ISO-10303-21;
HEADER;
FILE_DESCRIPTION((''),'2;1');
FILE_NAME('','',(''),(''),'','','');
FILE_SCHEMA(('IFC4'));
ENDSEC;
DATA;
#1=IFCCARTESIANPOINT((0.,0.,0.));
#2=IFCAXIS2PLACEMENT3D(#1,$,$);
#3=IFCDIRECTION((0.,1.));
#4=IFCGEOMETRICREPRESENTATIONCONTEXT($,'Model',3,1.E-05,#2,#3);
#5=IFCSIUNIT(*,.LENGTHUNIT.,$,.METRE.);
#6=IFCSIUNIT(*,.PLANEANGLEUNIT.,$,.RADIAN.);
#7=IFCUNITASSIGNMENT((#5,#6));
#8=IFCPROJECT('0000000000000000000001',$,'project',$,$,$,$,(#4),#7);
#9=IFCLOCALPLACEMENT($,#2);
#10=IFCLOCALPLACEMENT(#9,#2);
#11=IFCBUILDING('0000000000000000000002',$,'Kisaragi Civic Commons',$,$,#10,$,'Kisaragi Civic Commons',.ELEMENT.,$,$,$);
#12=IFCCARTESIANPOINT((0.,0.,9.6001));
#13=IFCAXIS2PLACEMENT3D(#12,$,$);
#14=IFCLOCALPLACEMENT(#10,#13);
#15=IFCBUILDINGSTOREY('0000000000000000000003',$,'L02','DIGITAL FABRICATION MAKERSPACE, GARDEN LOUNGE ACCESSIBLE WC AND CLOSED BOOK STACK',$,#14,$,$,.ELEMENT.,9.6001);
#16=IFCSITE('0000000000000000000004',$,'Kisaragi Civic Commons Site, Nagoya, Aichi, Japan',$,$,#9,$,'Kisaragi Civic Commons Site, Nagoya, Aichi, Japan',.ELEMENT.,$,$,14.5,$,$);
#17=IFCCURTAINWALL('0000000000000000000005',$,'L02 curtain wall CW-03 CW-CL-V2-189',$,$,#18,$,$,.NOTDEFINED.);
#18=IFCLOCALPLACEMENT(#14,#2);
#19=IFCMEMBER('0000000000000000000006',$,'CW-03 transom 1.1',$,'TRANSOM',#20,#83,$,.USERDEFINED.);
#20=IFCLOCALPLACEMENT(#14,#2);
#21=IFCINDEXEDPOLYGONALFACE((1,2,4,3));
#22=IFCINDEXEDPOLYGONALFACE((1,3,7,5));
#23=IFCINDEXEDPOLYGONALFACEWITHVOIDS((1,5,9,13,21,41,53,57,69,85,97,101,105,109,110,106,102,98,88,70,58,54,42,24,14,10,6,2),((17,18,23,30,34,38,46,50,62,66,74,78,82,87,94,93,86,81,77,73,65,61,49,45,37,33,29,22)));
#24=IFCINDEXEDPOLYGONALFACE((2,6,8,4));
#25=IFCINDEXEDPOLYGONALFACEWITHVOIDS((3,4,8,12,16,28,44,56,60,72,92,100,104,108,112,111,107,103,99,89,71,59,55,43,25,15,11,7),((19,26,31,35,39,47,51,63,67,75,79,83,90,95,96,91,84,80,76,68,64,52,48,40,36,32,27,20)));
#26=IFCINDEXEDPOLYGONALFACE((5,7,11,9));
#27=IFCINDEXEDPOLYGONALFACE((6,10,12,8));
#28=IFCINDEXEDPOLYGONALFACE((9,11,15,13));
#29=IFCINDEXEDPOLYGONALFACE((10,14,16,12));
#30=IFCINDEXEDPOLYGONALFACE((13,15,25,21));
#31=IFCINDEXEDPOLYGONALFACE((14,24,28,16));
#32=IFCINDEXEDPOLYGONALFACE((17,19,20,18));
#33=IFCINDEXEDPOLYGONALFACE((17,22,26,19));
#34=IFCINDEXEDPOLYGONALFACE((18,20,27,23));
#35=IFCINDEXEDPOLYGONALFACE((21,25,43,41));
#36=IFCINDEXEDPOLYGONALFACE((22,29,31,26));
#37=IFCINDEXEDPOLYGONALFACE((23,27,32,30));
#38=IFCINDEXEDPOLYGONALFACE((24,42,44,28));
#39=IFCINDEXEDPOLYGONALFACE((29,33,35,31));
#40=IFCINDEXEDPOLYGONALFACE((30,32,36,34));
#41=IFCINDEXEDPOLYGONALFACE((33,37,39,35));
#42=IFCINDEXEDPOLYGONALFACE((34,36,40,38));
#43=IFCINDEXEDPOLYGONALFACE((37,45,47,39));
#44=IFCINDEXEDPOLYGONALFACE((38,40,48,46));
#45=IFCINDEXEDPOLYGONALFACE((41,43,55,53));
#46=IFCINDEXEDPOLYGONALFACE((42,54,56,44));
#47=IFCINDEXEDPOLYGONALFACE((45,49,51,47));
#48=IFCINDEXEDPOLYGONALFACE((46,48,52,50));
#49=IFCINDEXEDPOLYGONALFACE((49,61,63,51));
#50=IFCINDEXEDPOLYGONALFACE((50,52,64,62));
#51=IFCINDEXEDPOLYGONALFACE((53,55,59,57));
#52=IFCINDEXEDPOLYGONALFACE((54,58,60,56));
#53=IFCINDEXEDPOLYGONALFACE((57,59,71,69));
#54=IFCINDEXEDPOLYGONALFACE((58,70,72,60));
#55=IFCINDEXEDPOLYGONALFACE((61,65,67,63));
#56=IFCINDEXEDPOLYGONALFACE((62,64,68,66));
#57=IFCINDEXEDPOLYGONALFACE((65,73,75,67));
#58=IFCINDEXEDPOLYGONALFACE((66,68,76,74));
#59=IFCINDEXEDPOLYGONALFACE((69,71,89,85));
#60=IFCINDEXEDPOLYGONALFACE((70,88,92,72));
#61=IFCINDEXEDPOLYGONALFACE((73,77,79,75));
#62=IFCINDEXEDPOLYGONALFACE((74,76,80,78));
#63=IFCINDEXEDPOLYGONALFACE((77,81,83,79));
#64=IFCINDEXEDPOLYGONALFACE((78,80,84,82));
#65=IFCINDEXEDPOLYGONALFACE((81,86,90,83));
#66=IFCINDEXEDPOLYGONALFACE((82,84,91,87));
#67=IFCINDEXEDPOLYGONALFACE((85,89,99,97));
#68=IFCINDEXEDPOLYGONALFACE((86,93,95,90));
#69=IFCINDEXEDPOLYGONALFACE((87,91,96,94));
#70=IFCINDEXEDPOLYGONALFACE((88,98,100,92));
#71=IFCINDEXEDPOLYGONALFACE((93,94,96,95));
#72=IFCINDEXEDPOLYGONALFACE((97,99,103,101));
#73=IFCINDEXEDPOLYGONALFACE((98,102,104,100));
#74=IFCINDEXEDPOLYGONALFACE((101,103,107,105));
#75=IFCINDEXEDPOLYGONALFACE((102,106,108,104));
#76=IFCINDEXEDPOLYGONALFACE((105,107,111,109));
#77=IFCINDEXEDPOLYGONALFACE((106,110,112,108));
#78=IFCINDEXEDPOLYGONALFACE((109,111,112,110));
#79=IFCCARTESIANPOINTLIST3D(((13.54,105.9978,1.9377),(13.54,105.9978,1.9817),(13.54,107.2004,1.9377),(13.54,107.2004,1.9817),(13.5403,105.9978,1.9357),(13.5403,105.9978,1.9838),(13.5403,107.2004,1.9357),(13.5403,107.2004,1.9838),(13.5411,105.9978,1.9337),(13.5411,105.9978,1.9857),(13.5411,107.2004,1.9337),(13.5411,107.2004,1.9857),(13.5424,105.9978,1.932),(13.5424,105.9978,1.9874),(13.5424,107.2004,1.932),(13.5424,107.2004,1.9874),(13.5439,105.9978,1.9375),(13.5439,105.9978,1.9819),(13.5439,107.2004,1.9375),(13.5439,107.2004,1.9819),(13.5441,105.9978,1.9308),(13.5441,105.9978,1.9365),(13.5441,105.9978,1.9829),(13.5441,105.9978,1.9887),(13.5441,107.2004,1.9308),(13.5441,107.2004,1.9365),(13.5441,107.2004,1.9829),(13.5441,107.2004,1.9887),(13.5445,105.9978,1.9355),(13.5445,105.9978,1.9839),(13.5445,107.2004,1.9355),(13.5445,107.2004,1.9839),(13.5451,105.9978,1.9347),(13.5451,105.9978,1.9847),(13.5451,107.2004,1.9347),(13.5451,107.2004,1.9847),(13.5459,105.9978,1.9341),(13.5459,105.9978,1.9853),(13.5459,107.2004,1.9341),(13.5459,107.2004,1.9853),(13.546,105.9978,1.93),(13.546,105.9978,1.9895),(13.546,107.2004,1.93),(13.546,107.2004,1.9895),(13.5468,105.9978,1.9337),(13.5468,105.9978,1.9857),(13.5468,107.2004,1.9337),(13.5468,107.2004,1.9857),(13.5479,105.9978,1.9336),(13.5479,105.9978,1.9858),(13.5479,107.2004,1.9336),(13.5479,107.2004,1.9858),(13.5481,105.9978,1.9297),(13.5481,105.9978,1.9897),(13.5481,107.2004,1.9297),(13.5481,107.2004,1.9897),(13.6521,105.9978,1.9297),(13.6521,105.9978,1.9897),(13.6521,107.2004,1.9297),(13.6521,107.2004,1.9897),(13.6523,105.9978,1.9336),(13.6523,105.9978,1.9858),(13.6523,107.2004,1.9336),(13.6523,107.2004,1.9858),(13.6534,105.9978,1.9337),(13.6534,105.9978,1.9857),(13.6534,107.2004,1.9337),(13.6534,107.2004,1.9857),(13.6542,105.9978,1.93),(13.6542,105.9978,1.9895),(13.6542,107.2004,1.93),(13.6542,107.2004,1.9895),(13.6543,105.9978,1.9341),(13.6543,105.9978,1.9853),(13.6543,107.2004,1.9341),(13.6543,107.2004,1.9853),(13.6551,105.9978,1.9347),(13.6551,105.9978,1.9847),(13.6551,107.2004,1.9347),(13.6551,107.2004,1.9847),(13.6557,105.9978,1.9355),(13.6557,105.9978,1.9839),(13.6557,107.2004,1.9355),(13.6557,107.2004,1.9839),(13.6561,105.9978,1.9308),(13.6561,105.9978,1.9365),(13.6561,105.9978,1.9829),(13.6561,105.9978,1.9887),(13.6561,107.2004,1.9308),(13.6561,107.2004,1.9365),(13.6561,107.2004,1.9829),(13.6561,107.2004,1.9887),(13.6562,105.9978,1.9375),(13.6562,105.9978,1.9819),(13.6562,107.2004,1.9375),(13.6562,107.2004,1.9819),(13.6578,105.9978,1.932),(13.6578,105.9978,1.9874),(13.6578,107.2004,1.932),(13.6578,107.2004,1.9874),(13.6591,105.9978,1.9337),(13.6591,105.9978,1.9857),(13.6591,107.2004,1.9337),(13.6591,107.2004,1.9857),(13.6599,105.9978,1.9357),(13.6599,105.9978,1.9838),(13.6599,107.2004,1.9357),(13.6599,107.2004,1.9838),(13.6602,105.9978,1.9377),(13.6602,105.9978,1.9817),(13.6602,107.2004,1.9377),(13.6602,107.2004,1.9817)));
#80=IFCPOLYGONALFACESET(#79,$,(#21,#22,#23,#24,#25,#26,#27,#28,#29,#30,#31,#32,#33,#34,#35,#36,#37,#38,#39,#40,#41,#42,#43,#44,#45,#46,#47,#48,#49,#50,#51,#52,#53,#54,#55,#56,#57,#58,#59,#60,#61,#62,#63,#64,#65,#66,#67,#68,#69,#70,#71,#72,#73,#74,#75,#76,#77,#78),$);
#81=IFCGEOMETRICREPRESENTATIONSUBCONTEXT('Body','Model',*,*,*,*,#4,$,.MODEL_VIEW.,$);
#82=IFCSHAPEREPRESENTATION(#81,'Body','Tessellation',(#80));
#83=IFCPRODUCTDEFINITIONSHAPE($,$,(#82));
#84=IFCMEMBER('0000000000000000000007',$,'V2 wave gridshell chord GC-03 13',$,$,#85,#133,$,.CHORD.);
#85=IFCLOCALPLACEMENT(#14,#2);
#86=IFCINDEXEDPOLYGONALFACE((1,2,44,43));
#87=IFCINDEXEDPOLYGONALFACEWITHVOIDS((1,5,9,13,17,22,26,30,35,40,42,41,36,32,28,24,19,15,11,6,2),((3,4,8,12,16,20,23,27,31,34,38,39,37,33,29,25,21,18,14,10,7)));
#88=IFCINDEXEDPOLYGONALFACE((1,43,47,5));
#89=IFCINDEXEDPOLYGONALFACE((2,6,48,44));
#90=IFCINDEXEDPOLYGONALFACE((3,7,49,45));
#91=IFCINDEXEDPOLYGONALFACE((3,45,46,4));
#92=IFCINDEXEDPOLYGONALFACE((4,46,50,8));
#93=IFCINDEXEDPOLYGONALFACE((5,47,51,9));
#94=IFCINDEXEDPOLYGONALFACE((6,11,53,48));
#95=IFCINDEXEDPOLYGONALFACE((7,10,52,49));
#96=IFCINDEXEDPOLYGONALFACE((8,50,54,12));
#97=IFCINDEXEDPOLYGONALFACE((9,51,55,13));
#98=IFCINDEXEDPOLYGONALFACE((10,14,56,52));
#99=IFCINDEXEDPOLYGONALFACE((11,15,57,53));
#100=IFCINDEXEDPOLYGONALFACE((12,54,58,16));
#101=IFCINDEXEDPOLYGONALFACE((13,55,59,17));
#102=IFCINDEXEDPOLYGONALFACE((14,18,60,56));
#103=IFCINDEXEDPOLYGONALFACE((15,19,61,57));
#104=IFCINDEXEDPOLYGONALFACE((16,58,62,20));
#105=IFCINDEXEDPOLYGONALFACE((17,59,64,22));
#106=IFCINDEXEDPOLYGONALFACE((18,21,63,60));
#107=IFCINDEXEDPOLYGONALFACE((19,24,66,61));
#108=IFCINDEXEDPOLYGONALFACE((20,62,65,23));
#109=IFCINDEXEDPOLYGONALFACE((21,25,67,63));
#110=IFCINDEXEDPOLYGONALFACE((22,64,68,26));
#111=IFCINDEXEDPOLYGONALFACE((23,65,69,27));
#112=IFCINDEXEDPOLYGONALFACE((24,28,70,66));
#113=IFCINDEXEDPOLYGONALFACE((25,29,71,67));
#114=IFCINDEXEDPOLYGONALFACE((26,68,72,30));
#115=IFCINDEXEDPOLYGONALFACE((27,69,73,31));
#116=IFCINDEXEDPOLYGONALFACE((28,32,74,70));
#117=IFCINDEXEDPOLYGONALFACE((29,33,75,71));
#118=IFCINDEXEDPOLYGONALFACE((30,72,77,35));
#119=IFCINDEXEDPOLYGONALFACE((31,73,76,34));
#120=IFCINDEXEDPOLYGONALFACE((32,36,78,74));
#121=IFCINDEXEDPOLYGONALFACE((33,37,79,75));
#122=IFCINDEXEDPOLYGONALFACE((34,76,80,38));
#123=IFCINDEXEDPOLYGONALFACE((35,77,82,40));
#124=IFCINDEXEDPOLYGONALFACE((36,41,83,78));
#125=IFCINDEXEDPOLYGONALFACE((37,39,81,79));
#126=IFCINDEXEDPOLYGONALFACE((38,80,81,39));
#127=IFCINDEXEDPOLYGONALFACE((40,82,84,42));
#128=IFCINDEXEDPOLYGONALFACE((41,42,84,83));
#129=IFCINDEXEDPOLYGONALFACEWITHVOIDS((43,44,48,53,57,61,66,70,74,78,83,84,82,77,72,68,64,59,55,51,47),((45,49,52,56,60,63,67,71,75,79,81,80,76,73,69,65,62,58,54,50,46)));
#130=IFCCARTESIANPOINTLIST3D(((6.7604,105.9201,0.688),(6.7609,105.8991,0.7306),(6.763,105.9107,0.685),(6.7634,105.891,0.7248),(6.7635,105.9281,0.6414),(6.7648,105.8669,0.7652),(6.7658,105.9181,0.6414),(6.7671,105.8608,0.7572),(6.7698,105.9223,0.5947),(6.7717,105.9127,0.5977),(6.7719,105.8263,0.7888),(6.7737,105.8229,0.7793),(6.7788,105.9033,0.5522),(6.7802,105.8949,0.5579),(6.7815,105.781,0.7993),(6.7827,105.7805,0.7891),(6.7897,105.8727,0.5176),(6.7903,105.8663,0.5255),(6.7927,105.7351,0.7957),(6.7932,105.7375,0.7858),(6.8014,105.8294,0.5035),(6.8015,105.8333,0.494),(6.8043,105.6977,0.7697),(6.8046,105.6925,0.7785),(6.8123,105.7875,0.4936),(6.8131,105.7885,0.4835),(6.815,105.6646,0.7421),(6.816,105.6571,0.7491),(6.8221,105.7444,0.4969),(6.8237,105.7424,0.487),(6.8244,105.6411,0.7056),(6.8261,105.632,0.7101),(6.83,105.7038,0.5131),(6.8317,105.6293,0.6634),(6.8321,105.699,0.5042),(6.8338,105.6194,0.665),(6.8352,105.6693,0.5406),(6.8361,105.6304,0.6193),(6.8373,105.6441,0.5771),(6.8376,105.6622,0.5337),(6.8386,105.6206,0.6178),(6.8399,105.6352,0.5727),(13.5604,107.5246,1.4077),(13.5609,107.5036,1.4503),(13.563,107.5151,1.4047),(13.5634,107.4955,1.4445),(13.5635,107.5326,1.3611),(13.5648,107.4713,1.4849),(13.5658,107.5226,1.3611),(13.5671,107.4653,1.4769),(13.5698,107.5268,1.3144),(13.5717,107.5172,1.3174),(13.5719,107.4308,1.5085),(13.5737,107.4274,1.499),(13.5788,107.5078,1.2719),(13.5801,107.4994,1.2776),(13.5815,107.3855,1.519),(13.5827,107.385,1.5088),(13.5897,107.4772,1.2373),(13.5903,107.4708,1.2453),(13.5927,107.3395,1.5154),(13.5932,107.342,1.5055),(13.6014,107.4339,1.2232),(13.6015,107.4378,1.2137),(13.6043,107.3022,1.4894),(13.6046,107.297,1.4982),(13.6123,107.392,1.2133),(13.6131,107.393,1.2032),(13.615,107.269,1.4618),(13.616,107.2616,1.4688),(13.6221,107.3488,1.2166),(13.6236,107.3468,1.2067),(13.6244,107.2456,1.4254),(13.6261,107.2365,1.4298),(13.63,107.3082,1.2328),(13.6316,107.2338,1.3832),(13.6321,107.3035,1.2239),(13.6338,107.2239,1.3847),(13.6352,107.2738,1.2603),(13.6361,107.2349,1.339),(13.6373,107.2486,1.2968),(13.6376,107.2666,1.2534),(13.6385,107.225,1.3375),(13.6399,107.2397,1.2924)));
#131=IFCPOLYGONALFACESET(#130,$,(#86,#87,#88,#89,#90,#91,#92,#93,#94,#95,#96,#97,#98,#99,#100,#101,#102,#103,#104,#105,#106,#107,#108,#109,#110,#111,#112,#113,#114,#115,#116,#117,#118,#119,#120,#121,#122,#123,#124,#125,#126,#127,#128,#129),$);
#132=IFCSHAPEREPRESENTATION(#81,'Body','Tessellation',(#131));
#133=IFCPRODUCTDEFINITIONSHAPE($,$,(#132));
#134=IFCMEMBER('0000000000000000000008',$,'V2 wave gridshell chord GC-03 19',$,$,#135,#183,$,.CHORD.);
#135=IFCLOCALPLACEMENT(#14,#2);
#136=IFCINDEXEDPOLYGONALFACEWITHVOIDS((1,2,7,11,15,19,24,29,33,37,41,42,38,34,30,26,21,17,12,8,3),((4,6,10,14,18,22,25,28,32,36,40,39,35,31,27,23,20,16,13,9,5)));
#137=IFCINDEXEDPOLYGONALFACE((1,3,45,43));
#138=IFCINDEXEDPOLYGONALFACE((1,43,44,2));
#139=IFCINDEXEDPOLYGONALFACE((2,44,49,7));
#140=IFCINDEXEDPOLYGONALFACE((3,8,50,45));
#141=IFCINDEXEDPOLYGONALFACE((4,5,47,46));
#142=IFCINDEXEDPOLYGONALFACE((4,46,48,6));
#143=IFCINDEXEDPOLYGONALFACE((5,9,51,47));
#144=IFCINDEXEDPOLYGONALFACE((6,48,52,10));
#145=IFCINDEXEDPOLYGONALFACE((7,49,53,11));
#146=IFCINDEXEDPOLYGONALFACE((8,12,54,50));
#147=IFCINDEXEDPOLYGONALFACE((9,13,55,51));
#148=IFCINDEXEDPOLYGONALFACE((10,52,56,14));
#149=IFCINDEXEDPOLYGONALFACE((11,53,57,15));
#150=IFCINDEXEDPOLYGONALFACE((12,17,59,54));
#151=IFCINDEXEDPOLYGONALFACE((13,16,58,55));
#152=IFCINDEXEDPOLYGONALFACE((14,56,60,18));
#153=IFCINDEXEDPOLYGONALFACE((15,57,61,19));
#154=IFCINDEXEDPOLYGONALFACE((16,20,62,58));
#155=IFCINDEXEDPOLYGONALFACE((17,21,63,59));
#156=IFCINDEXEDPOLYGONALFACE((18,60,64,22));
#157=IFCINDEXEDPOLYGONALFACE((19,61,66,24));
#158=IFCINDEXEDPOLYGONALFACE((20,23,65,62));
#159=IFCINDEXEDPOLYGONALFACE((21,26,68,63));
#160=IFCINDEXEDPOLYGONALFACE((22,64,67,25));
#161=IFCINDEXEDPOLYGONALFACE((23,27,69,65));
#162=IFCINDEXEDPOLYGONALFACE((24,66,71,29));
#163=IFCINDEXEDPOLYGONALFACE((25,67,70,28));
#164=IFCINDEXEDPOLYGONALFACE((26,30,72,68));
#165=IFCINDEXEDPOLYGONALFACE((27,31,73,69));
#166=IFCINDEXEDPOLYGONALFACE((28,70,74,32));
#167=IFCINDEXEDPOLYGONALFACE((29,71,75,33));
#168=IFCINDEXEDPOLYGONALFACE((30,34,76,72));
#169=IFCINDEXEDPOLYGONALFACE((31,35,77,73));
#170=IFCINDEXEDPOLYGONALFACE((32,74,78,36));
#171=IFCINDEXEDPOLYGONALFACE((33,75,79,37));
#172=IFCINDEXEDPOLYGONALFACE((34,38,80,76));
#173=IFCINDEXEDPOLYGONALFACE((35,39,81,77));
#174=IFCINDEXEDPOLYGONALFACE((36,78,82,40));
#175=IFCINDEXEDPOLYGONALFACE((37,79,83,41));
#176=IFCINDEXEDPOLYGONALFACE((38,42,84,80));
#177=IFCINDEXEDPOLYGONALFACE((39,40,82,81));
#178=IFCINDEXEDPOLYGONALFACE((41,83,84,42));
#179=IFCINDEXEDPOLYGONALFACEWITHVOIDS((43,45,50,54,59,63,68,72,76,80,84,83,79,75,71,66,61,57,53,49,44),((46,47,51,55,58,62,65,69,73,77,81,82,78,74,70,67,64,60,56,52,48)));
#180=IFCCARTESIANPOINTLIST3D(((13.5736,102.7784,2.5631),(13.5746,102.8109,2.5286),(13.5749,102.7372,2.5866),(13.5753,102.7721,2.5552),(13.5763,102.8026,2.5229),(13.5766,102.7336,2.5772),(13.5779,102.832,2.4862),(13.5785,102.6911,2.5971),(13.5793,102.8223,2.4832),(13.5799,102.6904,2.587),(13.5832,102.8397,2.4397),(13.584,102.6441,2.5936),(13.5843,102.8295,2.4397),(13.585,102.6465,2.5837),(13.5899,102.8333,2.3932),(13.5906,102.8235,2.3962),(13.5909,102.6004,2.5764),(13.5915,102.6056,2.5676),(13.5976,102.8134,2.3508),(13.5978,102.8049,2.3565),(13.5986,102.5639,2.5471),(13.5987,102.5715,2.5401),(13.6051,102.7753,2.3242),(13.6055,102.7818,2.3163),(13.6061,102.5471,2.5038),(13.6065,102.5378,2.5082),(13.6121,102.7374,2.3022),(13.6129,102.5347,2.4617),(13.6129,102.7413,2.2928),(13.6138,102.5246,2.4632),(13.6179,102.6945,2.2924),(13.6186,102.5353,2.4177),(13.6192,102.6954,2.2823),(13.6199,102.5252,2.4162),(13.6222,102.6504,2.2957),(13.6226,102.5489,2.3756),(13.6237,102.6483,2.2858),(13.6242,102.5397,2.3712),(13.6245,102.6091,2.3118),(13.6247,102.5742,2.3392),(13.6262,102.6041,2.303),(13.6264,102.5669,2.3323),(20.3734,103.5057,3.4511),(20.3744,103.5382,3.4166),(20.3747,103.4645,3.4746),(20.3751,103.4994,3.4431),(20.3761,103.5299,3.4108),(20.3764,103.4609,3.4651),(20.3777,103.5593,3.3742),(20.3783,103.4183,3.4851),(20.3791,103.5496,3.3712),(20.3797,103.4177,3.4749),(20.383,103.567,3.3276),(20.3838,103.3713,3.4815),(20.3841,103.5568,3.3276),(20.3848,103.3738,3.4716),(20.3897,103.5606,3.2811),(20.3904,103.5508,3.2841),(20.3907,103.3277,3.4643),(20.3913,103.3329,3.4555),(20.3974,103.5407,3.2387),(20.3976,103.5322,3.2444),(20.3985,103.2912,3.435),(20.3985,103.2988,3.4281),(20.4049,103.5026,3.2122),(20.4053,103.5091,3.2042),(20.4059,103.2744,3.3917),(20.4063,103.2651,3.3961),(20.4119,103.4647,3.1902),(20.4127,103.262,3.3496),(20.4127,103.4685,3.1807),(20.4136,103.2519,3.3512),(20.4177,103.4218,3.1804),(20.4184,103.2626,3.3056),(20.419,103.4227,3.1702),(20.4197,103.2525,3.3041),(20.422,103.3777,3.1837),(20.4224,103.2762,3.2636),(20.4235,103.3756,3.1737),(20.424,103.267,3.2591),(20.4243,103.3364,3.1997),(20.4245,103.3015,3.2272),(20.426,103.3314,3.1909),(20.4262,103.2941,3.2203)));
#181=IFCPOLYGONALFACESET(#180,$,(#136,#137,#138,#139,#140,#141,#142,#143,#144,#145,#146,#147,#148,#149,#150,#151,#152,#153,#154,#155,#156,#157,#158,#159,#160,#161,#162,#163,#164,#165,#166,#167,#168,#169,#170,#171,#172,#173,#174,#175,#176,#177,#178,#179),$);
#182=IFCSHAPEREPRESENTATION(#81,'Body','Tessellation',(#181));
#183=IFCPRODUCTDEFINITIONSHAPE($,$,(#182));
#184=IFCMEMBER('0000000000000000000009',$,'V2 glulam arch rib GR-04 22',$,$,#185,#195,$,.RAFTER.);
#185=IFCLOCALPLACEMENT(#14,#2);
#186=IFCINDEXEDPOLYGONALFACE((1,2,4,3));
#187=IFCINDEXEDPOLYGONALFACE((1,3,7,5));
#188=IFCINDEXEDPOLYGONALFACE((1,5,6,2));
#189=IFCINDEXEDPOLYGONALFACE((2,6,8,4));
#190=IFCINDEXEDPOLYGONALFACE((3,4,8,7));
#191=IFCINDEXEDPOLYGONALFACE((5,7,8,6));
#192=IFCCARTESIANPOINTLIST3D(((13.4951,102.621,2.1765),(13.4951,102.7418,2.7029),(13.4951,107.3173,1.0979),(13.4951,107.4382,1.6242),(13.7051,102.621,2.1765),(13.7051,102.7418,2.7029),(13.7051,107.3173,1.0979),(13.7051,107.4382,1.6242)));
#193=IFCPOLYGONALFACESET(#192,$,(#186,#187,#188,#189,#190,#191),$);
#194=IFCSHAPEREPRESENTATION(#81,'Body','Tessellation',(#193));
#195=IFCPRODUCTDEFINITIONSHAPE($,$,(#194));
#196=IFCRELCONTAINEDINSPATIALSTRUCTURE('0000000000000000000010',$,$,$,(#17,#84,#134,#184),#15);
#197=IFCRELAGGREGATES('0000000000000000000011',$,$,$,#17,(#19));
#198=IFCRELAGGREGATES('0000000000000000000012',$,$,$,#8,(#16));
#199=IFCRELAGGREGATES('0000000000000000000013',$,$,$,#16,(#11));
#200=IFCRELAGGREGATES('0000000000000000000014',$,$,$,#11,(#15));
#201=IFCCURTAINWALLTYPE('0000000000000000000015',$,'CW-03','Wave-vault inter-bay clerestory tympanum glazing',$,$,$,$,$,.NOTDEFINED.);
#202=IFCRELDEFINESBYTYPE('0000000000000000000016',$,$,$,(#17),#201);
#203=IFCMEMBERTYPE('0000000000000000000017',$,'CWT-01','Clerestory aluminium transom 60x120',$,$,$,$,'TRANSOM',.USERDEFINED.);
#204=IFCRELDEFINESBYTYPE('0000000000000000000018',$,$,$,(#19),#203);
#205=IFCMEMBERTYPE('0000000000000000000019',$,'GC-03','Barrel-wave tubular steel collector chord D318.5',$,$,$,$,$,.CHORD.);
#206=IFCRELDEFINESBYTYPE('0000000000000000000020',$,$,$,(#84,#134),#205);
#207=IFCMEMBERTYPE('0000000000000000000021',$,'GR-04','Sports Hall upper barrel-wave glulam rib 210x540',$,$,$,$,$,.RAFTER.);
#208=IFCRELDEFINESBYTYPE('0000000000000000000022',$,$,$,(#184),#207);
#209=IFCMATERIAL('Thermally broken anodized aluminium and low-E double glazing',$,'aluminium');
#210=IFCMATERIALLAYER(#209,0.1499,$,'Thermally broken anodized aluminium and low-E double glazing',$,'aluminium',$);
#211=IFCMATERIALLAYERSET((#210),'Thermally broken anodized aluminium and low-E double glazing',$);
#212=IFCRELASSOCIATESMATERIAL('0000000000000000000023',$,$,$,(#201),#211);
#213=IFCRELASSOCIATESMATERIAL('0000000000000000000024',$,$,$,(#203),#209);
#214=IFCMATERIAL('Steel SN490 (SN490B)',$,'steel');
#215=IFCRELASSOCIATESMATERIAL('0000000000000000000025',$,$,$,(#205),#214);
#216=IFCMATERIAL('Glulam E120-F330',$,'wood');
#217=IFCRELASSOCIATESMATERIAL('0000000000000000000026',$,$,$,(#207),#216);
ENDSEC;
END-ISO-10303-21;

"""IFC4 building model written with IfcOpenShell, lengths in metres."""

from ifc_helpers import new_model, si_unit, direction, frame, origin, origin_2d, place, context, subcontext, project, spatial, rectangle, hollow_rectangle, hollow_circle, extrude, material, layer, layer_set, material_profile, profile_set, type_object, element, aggregate, save


model = new_model("IFC4")

# Units and contexts
model_context = context("Model", 3, precision=1e-05, world=origin(), true_north=direction((0.0, 1.0)))
body_context = subcontext(model_context, "Body", "Model", "MODEL_VIEW")
ifc_project = project(units=[si_unit("LENGTHUNIT", "METRE"), si_unit("PLANEANGLEUNIT", "RADIAN")], contexts=[model_context])

# Site, building, storey
site_placement = place(None, origin())
site = spatial("IfcSite", under=ifc_project, at=site_placement, Name="Kisaragi Civic Commons Site, Nagoya, Aichi, Japan", LongName="Kisaragi Civic Commons Site, Nagoya, Aichi, Japan", CompositionType="ELEMENT", RefElevation=14.5)
building_placement = place(site_placement, origin())
building = spatial("IfcBuilding", under=site, at=building_placement, Name="Kisaragi Civic Commons", LongName="Kisaragi Civic Commons", CompositionType="ELEMENT")
storey_placement = place(building_placement, frame((0.0, 0.0, 9.6001)))
storey = spatial("IfcBuildingStorey", under=building, at=storey_placement, Name="L02", Description="DIGITAL FABRICATION MAKERSPACE, GARDEN LOUNGE ACCESSIBLE WC AND CLOSED BOOK STACK", CompositionType="ELEMENT", Elevation=9.6001)

# Shared definitions
ifc_material_1 = material(Name="Thermally broken anodized aluminium and low-E double glazing", Category="aluminium")
ifc_layer_1 = layer(ifc_material_1, 0.1499, Name="Thermally broken anodized aluminium and low-E double glazing", Category="aluminium")
ifc_layer_set_1 = layer_set([ifc_layer_1], Name="Thermally broken anodized aluminium and low-E double glazing")
curtain_wall_type = type_object("IfcCurtainWallType", Name="CW-03", Description="Wave-vault inter-bay clerestory tympanum glazing", PredefinedType="NOTDEFINED", material=ifc_layer_set_1)

# Curtain wall
curtain_wall_1_placement = place(storey_placement, origin())
curtain_wall_1 = element("IfcCurtainWall", 1, at=curtain_wall_1_placement, inside=storey, type_object=curtain_wall_type, Name="L02 curtain wall CW-03 CW-CL-V2-189", PredefinedType="NOTDEFINED")

# Member
ifc_material_profile_1 = material_profile(ifc_material_1, hollow_rectangle(XDim=0.1201, YDim=0.0601, WallThickness=0.0039, InnerFilletRadius=0.0039, OuterFilletRadius=0.0081, at=origin_2d()), Name="CWT-60x120x4", Category="aluminium")
ifc_profile_set_1 = profile_set([ifc_material_profile_1], Name="Thermally broken anodized aluminium and low-E double glazing")
member_type_1 = type_object("IfcMemberType", Name="CWT-01", Description="Clerestory aluminium transom 60x120", ElementType="TRANSOM", PredefinedType="USERDEFINED", material=ifc_profile_set_1)
member_1_placement = place(storey_placement, frame((13.6001, 105.9978, 1.9597), z_axis=(0.0, 1.0, 0.0), x_axis=(-1.0, 0.0, 0.0)))
member_1 = element("IfcMember", 2, at=member_1_placement, type_object=member_type_1, Name="CW-03 transom 1.1", ObjectType="TRANSOM", PredefinedType="USERDEFINED", context=body_context, shape_type="SweptSolid", body=[
    extrude(hollow_rectangle(XDim=0.1201, YDim=0.0601, WallThickness=0.0039, InnerFilletRadius=0.0039, OuterFilletRadius=0.0081, at=origin_2d()), origin(), (0.0, 0.0, 1.0), 1.2026),
])
aggregate(curtain_wall_1, [member_1])

# Members
ifc_material_2 = material(Name="Steel SN490 (SN490B)", Category="steel")
ifc_material_profile_2 = material_profile(ifc_material_2, hollow_circle(Radius=0.1592, WallThickness=0.0103, at=origin_2d()), Name="CHS-318.5x10.3", Category="steel")
ifc_profile_set_2 = profile_set([ifc_material_profile_2], Name="Steel SN490 (SN490B)")
member_type_2 = type_object("IfcMemberType", Name="GC-03", Description="Barrel-wave tubular steel collector chord D318.5", PredefinedType="CHORD", material=ifc_profile_set_2)
member_2_placement = place(storey_placement, frame((6.8, 105.7732, 0.6414), z_axis=(0.968151, 0.228438, 0.10247), x_axis=(-0.229647, 0.973274, 0.0)))
element("IfcMember", 3, at=member_2_placement, inside=storey, type_object=member_type_2, Name="V2 wave gridshell chord GC-03 13", PredefinedType="CHORD", context=body_context, shape_type="SweptSolid", body=[
    extrude(hollow_circle(Radius=0.1592, WallThickness=0.0103, at=origin_2d()), origin(), (0.0, 0.0, 1.0), 7.0237),
])
member_3_placement = place(storey_placement, frame((13.6001, 102.6814, 2.4397), z_axis=(0.986051, 0.105466, 0.128762), x_axis=(-0.106352, 0.994329, 0.0)))
element("IfcMember", 4, at=member_3_placement, inside=storey, type_object=member_type_2, Name="V2 wave gridshell chord GC-03 19", PredefinedType="CHORD", context=body_context, shape_type="SweptSolid", body=[
    extrude(hollow_circle(Radius=0.1592, WallThickness=0.0103, at=origin_2d()), origin(), (0.0, 0.0, 1.0), 6.896),
])
ifc_material_3 = material(Name="Glulam E120-F330", Category="wood")
ifc_material_profile_3 = material_profile(ifc_material_3, rectangle(XDim=0.21, YDim=0.54, at=origin_2d()), Name="GL-210x540", Category="wood")
ifc_profile_set_3 = profile_set([ifc_material_profile_3], Name="Glulam E120-F330")
member_type_3 = type_object("IfcMemberType", Name="GR-04", Description="Sports Hall upper barrel-wave glulam rib 210x540", PredefinedType="RAFTER", material=ifc_profile_set_3)
member_4_placement = place(storey_placement, frame((13.6001, 102.6814, 2.4397), z_axis=(0.0, 0.974625, -0.223845), x_axis=(-1.0, 0.0, 0.0)))
element("IfcMember", 5, at=member_4_placement, inside=storey, type_object=member_type_3, Name="V2 glulam arch rib GR-04 22", PredefinedType="RAFTER", context=body_context, shape_type="SweptSolid", body=[
    extrude(rectangle(XDim=0.21, YDim=0.54, at=origin_2d()), origin(), (0.0, 0.0, 1.0), 4.8186),
])

save(model, "model.ifc")
